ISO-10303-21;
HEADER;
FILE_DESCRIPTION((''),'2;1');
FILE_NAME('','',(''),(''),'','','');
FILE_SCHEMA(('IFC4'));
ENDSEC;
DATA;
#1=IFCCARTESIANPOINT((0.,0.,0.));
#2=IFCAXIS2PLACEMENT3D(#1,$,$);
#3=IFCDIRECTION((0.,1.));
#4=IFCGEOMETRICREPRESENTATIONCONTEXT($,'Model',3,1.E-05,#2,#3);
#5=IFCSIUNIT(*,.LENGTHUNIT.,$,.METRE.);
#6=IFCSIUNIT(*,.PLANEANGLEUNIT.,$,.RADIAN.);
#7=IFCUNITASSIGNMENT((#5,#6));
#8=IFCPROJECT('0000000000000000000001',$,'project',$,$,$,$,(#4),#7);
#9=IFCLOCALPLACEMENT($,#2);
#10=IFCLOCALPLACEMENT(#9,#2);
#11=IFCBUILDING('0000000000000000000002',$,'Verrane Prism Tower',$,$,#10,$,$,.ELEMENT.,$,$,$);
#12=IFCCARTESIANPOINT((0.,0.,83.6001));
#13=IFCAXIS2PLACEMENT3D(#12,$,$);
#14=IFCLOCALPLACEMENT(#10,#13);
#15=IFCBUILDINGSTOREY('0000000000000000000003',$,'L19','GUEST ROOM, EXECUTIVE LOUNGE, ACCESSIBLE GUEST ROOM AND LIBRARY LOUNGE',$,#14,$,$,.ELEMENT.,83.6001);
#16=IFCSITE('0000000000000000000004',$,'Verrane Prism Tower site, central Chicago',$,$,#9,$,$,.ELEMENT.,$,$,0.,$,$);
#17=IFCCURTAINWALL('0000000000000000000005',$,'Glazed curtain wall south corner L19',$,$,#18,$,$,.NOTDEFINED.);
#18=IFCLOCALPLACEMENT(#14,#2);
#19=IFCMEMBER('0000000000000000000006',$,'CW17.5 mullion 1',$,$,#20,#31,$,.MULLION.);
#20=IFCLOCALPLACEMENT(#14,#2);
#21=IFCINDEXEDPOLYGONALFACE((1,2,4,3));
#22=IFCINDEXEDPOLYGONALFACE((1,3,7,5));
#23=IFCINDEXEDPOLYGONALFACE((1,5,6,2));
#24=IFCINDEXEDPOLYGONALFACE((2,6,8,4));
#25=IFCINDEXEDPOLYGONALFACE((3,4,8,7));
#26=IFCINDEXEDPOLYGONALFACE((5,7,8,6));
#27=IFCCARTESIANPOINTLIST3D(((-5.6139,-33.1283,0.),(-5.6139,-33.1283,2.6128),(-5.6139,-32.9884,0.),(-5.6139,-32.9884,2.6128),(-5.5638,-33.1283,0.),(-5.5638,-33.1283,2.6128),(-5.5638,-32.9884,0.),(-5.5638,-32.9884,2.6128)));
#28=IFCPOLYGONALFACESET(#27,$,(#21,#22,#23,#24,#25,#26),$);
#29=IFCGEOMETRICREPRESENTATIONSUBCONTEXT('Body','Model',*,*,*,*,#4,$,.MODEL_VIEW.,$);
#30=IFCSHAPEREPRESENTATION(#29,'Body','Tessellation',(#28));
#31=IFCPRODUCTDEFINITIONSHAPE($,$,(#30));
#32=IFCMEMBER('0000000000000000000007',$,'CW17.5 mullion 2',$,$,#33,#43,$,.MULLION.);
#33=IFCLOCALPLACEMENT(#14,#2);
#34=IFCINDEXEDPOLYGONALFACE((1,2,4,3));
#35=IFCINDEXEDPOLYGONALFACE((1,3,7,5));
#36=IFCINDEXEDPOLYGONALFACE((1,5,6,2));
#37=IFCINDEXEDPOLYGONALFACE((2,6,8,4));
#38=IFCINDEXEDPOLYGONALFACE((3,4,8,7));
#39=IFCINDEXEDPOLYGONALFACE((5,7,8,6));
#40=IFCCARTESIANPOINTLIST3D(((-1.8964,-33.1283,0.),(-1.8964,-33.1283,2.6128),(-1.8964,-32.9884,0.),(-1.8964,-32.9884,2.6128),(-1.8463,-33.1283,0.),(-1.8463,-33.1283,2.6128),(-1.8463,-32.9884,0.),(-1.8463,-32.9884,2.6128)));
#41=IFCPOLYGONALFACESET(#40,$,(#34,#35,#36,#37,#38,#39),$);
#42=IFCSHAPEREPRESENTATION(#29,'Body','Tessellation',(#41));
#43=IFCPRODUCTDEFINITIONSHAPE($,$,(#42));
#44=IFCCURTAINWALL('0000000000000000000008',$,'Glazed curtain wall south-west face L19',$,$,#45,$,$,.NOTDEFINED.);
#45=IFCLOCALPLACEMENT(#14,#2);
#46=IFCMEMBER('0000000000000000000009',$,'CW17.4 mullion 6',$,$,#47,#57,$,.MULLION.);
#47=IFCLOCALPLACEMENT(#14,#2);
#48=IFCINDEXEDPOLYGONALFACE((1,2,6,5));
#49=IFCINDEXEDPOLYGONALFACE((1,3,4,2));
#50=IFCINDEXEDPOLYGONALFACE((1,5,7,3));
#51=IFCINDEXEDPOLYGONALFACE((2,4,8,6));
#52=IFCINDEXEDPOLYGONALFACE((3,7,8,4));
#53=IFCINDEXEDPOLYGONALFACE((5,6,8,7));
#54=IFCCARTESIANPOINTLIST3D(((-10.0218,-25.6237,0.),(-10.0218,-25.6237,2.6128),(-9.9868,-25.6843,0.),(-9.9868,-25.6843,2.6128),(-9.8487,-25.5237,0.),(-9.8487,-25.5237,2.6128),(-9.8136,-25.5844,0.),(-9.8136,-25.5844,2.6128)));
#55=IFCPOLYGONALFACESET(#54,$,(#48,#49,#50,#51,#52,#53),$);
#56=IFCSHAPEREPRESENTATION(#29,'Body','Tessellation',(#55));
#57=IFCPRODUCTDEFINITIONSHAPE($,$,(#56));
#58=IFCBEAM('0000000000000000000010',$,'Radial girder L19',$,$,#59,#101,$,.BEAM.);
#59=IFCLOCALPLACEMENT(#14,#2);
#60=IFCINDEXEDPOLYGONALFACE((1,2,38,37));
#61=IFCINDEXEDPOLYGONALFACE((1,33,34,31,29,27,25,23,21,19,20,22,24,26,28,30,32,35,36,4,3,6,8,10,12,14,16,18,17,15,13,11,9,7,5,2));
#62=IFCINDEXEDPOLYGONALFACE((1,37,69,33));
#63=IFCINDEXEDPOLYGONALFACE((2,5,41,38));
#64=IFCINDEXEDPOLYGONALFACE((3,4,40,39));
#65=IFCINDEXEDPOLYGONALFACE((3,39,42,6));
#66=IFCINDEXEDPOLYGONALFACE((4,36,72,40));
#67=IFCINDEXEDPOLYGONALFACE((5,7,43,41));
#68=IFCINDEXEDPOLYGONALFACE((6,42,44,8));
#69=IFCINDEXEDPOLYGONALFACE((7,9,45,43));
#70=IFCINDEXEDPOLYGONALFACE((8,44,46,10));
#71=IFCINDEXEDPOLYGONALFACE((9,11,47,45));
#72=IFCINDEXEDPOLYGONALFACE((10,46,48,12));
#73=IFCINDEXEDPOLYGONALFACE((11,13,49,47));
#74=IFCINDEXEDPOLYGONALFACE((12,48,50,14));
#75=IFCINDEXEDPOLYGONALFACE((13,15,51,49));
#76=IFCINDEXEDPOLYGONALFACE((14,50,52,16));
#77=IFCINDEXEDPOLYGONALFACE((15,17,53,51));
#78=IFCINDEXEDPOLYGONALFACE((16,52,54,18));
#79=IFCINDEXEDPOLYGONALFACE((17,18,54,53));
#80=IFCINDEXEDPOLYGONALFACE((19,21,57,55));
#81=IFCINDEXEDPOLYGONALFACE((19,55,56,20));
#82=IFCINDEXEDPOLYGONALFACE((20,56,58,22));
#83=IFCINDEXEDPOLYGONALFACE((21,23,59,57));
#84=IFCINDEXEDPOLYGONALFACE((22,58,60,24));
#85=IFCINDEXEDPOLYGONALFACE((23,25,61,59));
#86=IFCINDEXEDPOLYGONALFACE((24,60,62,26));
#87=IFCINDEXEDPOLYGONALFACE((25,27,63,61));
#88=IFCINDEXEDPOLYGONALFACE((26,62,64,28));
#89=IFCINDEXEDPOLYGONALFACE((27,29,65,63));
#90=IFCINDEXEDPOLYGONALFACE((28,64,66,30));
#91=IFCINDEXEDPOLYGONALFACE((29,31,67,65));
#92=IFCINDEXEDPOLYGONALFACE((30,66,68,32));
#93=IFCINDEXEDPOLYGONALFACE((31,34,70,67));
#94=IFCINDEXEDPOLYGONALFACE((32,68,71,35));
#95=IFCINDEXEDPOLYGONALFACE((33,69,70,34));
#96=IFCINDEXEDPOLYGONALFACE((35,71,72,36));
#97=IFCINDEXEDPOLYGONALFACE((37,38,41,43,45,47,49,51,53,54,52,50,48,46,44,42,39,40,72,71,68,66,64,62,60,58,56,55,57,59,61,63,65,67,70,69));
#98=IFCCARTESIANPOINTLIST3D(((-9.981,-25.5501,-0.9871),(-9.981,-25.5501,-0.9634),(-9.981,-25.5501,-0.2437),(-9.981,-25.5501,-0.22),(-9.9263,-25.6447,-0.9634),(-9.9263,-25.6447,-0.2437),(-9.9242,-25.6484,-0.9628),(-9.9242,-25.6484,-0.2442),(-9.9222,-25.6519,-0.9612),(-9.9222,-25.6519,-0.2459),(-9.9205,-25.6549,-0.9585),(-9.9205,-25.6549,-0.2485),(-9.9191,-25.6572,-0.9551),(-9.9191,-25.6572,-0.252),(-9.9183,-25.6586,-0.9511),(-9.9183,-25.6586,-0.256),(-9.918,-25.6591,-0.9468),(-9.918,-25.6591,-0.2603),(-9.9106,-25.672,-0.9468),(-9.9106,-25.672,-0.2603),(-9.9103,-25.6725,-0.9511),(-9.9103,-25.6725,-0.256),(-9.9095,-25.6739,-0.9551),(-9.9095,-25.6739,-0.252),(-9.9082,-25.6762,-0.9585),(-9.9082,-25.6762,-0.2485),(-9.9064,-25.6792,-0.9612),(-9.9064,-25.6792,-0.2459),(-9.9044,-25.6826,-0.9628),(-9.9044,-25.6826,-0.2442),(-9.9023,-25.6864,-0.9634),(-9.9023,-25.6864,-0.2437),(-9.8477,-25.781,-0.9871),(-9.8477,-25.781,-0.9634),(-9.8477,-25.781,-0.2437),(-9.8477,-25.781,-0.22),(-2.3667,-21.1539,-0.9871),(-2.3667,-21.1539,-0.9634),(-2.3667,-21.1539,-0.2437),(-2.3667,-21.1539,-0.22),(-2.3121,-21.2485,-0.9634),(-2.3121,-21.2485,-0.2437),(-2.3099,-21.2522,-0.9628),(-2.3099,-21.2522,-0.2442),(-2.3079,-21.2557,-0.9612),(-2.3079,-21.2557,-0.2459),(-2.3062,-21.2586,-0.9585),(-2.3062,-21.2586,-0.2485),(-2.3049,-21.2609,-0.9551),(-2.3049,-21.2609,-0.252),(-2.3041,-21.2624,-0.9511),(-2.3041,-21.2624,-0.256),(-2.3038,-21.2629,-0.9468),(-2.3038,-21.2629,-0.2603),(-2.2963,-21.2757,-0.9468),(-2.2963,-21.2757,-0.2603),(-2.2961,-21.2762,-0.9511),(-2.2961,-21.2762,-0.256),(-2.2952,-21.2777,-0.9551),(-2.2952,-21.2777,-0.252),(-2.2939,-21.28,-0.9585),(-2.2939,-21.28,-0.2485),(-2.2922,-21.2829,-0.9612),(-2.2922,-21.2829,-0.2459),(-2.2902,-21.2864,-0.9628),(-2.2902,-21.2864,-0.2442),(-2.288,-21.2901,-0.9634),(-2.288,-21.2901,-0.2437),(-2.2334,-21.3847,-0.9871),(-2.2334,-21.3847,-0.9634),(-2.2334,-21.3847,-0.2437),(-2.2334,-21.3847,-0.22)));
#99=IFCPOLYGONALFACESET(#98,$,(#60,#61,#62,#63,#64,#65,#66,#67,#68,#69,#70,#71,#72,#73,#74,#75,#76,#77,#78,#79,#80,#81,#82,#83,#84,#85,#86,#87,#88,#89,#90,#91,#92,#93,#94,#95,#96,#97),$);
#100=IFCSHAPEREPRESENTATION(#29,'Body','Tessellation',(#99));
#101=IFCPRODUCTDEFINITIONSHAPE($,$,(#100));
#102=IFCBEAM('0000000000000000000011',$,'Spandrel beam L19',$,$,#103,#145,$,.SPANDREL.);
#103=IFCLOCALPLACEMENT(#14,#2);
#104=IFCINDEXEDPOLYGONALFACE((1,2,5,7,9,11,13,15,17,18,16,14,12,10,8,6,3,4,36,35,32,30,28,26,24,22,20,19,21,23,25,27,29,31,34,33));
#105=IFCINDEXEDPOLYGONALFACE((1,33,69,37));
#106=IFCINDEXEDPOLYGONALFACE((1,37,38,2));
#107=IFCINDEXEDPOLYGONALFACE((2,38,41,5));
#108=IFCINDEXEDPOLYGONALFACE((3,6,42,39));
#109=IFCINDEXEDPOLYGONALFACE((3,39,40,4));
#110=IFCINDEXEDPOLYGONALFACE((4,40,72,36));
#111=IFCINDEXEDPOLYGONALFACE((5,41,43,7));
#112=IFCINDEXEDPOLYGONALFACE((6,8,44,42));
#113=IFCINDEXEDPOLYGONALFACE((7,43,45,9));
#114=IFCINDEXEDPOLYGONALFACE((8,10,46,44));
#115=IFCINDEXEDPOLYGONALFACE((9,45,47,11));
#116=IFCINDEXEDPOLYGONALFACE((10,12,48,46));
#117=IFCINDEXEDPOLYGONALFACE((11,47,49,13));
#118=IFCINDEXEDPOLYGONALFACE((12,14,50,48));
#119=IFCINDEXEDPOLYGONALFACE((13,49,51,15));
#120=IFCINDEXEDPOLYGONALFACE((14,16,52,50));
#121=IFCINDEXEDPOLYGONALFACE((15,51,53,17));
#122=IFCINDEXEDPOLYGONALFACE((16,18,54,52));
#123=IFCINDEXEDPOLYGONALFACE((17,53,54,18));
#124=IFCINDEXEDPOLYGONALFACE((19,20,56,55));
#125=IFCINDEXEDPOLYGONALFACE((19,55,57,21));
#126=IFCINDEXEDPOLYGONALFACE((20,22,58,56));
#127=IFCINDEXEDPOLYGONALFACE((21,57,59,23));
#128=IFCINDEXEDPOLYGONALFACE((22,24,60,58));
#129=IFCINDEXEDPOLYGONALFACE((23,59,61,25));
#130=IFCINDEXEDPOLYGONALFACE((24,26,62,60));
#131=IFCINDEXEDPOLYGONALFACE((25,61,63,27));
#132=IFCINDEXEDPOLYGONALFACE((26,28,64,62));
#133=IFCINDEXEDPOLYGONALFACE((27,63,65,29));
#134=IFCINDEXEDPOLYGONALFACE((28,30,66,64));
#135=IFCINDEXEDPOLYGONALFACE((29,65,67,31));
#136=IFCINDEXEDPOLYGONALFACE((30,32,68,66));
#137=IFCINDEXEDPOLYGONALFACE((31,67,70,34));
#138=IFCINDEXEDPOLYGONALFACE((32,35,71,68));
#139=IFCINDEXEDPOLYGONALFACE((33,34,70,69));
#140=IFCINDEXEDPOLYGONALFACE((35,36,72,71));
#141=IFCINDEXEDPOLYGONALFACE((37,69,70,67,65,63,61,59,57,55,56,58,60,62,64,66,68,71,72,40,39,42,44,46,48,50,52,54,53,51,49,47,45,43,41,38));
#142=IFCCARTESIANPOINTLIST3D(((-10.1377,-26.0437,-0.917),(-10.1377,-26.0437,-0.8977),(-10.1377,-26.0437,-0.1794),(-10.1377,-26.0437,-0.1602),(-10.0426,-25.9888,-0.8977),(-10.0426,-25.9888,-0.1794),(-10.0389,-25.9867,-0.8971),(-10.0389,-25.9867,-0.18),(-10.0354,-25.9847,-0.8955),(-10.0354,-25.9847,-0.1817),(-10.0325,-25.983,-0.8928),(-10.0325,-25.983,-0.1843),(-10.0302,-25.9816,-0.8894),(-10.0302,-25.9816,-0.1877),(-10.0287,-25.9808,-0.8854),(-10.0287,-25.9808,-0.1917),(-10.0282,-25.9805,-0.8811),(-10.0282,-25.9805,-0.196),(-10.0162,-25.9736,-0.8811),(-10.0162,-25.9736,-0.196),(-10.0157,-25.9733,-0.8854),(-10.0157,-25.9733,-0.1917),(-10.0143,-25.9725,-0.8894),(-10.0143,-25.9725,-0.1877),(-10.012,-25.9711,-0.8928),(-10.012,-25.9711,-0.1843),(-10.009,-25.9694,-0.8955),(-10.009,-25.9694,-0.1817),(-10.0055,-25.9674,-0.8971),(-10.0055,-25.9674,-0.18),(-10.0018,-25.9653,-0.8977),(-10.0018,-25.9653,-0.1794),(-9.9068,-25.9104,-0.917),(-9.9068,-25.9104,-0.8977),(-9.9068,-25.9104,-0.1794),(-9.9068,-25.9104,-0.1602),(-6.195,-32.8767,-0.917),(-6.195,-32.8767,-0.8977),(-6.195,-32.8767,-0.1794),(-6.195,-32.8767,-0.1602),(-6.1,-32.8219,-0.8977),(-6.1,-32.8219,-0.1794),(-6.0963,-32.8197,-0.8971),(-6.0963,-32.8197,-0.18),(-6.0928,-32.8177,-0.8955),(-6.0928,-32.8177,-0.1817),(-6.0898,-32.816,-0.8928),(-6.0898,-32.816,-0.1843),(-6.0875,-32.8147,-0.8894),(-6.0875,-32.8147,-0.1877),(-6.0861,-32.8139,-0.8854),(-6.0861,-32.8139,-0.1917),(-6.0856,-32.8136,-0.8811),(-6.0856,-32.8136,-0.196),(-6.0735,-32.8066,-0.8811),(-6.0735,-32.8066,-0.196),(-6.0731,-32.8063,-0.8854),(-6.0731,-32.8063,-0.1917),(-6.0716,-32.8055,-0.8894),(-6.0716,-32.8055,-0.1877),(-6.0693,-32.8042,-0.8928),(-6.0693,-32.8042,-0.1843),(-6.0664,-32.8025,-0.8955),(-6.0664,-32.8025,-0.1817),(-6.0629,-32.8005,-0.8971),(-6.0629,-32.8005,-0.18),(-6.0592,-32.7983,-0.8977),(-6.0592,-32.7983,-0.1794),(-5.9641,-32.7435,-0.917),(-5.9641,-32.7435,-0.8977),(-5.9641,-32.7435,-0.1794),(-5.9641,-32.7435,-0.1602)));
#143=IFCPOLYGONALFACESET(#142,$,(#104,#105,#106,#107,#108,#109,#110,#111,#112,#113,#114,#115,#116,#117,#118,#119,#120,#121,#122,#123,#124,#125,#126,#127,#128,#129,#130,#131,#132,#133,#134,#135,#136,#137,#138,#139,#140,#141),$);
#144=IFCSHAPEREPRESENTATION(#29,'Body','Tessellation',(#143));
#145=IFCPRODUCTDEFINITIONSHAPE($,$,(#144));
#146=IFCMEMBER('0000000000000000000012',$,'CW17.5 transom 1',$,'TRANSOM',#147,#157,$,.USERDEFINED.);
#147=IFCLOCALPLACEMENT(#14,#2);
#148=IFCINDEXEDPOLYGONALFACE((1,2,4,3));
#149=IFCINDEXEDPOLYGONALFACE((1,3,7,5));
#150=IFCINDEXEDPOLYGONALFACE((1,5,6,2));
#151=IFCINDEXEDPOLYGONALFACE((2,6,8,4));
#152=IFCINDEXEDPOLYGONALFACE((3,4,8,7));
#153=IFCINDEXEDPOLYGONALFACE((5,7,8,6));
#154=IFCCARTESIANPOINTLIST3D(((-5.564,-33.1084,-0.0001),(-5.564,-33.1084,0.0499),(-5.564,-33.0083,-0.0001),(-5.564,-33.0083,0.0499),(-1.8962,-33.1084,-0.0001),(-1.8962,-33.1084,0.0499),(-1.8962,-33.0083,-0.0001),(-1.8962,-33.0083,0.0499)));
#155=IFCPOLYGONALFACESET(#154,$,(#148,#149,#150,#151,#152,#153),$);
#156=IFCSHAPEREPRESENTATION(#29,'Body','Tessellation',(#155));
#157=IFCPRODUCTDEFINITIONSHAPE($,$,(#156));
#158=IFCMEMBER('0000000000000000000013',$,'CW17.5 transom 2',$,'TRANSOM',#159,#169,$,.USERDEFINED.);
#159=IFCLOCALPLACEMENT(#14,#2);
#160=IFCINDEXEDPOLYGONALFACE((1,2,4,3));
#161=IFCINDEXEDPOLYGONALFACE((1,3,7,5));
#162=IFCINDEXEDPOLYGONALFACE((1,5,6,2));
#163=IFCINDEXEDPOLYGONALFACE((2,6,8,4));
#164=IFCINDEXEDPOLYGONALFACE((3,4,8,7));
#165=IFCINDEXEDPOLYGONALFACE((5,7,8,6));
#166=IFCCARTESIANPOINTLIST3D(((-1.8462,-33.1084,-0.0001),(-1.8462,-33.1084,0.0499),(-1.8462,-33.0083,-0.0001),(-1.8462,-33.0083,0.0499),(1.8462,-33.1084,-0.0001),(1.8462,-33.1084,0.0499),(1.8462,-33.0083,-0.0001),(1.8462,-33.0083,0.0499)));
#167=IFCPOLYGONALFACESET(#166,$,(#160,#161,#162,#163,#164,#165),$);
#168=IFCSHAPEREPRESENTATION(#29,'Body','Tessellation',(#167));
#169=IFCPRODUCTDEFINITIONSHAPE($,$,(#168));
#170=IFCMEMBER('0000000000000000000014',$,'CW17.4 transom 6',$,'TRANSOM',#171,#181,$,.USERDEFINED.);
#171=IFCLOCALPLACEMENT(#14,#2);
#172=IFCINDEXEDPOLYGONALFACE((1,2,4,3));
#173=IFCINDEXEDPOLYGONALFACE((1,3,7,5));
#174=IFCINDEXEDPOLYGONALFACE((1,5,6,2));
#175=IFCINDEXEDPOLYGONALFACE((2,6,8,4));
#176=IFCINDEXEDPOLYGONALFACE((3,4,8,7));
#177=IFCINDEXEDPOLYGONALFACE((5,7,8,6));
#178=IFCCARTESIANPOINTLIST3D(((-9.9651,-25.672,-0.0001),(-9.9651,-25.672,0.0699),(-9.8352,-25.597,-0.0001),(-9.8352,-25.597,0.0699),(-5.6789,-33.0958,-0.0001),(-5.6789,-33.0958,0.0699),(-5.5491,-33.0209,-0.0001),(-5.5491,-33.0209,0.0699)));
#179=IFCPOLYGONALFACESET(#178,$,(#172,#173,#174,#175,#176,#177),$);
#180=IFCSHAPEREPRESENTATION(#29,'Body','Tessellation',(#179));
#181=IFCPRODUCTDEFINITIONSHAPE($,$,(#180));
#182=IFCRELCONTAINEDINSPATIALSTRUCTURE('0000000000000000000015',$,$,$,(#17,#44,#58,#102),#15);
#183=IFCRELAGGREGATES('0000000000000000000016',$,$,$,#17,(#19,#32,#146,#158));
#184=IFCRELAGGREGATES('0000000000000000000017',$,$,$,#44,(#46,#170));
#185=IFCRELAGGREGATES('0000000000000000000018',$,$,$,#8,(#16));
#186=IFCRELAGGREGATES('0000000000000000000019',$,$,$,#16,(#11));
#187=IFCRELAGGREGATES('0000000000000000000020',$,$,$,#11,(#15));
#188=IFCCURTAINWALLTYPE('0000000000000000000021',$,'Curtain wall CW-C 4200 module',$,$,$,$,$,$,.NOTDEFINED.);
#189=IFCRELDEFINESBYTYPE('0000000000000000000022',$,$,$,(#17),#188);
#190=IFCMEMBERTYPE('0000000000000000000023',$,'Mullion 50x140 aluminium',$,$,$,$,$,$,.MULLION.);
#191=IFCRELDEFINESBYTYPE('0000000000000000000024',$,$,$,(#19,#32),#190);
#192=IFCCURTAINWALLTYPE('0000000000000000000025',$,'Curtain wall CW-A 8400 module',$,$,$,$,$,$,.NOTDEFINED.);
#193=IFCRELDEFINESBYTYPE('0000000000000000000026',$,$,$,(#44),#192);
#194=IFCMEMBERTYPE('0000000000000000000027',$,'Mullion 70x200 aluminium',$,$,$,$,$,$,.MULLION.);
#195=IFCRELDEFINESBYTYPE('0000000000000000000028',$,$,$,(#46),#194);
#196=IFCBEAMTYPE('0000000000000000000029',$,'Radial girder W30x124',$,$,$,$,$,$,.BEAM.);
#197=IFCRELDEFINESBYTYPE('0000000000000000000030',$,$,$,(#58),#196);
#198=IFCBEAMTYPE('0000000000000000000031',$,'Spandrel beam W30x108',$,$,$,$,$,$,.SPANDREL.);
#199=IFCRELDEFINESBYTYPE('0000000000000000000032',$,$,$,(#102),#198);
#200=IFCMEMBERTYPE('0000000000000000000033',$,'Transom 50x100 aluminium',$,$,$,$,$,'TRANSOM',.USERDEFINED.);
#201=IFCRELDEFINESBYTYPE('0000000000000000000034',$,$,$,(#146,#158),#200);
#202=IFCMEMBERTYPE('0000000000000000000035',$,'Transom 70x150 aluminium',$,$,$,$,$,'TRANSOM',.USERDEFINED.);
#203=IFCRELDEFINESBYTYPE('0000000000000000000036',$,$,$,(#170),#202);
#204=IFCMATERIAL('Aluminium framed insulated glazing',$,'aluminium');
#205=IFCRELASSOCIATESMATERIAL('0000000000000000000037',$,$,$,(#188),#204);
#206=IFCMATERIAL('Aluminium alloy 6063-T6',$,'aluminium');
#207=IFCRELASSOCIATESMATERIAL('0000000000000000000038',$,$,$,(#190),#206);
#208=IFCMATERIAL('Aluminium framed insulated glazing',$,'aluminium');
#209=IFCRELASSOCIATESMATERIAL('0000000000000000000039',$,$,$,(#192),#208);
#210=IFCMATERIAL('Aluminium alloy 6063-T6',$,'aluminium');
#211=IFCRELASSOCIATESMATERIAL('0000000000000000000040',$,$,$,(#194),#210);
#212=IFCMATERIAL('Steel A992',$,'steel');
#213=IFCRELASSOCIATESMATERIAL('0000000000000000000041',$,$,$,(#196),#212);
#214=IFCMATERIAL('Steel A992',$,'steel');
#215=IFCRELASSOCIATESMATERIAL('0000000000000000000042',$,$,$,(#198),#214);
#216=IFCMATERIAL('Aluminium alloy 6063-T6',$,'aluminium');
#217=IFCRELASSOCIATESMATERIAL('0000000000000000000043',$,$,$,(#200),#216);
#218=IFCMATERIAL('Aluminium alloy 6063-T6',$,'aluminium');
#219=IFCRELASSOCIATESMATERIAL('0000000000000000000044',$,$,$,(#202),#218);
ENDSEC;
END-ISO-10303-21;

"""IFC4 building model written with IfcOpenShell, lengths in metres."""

from ifc_helpers import new_model, si_unit, direction, frame, origin, origin_2d, place, context, subcontext, project, spatial, rectangle, i_section, extrude, material, material_profile, profile_set, type_object, element, aggregate, save


model = new_model("IFC4")

# Units and contexts
model_context = context("Model", 3, precision=1e-05, world=origin(), true_north=direction((0.0, 1.0)))
body_context = subcontext(model_context, "Body", "Model", "MODEL_VIEW")
ifc_project = project(units=[si_unit("LENGTHUNIT", "METRE"), si_unit("PLANEANGLEUNIT", "RADIAN")], contexts=[model_context])

# Site, building, storey
site_placement = place(None, origin())
site = spatial("IfcSite", under=ifc_project, at=site_placement, Name="Verrane Prism Tower site, central Chicago", CompositionType="ELEMENT", RefElevation=0.0)
building_placement = place(site_placement, origin())
building = spatial("IfcBuilding", under=site, at=building_placement, Name="Verrane Prism Tower", CompositionType="ELEMENT")
storey_placement = place(building_placement, frame((0.0, 0.0, 83.6001)))
storey = spatial("IfcBuildingStorey", under=building, at=storey_placement, Name="L19", Description="GUEST ROOM, EXECUTIVE LOUNGE, ACCESSIBLE GUEST ROOM AND LIBRARY LOUNGE", CompositionType="ELEMENT", Elevation=83.6001)

# Curtain wall, members
ifc_material_1 = material(Name="Aluminium framed insulated glazing", Category="aluminium")
curtain_wall_type_1 = type_object("IfcCurtainWallType", Name="Curtain wall CW-C 4200 module", PredefinedType="NOTDEFINED", material=ifc_material_1)
curtain_wall_1_placement = place(storey_placement, origin())
curtain_wall_1 = element("IfcCurtainWall", 1, at=curtain_wall_1_placement, inside=storey, type_object=curtain_wall_type_1, Name="Glazed curtain wall south corner L19", PredefinedType="NOTDEFINED")
ifc_material_2 = material(Name="Aluminium alloy 6063-T6", Category="aluminium")
ifc_material_profile_1 = material_profile(ifc_material_2, rectangle(XDim=0.1399, YDim=0.05, at=origin_2d()), Name="Mullion 50x140 aluminium")
ifc_profile_set_1 = profile_set([ifc_material_profile_1], Name="Aluminium alloy 6063-T6")
member_type_1 = type_object("IfcMemberType", Name="Mullion 50x140 aluminium", PredefinedType="MULLION", material=ifc_profile_set_1)
member_1_placement = place(storey_placement, frame((-5.5889, -33.0583, 0.0), z_axis=(0.0, 0.0, 1.0), x_axis=(0.0, 1.0, 0.0)))
member_1 = element("IfcMember", 2, at=member_1_placement, type_object=member_type_1, Name="CW17.5 mullion 1", PredefinedType="MULLION", context=body_context, shape_type="SweptSolid", body=[
    extrude(rectangle(XDim=0.1399, YDim=0.05, at=origin_2d()), origin(), (0.0, 0.0, 1.0), 2.6128),
])
member_2_placement = place(storey_placement, frame((-1.8713, -33.0583, 0.0), z_axis=(0.0, 0.0, 1.0), x_axis=(0.0, 1.0, 0.0)))
member_2 = element("IfcMember", 3, at=member_2_placement, type_object=member_type_1, Name="CW17.5 mullion 2", PredefinedType="MULLION", context=body_context, shape_type="SweptSolid", body=[
    extrude(rectangle(XDim=0.1399, YDim=0.05, at=origin_2d()), origin(), (0.0, 0.0, 1.0), 2.6128),
])

# Curtain wall, member
ifc_material_3 = material(Name="Aluminium framed insulated glazing", Category="aluminium")
curtain_wall_type_2 = type_object("IfcCurtainWallType", Name="Curtain wall CW-A 8400 module", PredefinedType="NOTDEFINED", material=ifc_material_3)
curtain_wall_2_placement = place(storey_placement, origin())
curtain_wall_2 = element("IfcCurtainWall", 4, at=curtain_wall_2_placement, inside=storey, type_object=curtain_wall_type_2, Name="Glazed curtain wall south-west face L19", PredefinedType="NOTDEFINED")
ifc_material_4 = material(Name="Aluminium alloy 6063-T6", Category="aluminium")
ifc_material_profile_2 = material_profile(ifc_material_4, rectangle(XDim=0.2, YDim=0.0701, at=origin_2d()), Name="Mullion 70x200 aluminium")
ifc_profile_set_2 = profile_set([ifc_material_profile_2], Name="Aluminium alloy 6063-T6")
member_type_2 = type_object("IfcMemberType", Name="Mullion 70x200 aluminium", PredefinedType="MULLION", material=ifc_profile_set_2)
member_3_placement = place(storey_placement, frame((-9.9177, -25.604, 0.0), z_axis=(0.0, 0.0, 1.0), x_axis=(0.866026, 0.499999, 0.0)))
member_3 = element("IfcMember", 5, at=member_3_placement, type_object=member_type_2, Name="CW17.4 mullion 6", PredefinedType="MULLION", context=body_context, shape_type="SweptSolid", body=[
    extrude(rectangle(XDim=0.2, YDim=0.0701, at=origin_2d()), origin(), (0.0, 0.0, 1.0), 2.6128),
])

# Beams
ifc_material_5 = material(Name="Steel A992", Category="steel")
ifc_material_profile_3 = material_profile(ifc_material_5, i_section(OverallWidth=0.2666, OverallDepth=0.7671, WebThickness=0.0149, FlangeThickness=0.0237, FilletRadius=0.0166, at=origin_2d()), Name="W30x124")
ifc_profile_set_3 = profile_set([ifc_material_profile_3], Name="Steel A992")
beam_type_1 = type_object("IfcBeamType", Name="Radial girder W30x124", PredefinedType="BEAM", material=ifc_profile_set_3)
beam_1_placement = place(storey_placement, frame((-9.9143, -25.6655, -0.6035), z_axis=(0.866018, 0.500012, 0.0), x_axis=(-0.500012, 0.866018, 0.0)))
element("IfcBeam", 6, at=beam_1_placement, inside=storey, type_object=beam_type_1, Name="Radial girder L19", PredefinedType="BEAM", context=body_context, shape_type="SweptSolid", body=[
    extrude(i_section(OverallWidth=0.2666, OverallDepth=0.7671, WebThickness=0.0149, FlangeThickness=0.0237, FilletRadius=0.0166, at=origin_2d()), origin(), (0.0, 0.0, 1.0), 8.7922),
])
ifc_material_6 = material(Name="Steel A992", Category="steel")
ifc_material_profile_4 = material_profile(ifc_material_6, i_section(OverallWidth=0.2666, OverallDepth=0.7568, WebThickness=0.0139, FlangeThickness=0.0193, FilletRadius=0.0166, at=origin_2d()), Name="W30x108")
ifc_profile_set_4 = profile_set([ifc_material_profile_4], Name="Steel A992")
beam_type_2 = type_object("IfcBeamType", Name="Spandrel beam W30x108", PredefinedType="SPANDREL", material=ifc_profile_set_4)
beam_2_placement = place(storey_placement, frame((-10.0222, -25.9771, -0.5386), z_axis=(0.499771, -0.866158, 0.0), x_axis=(0.866158, 0.499771, 0.0)))
element("IfcBeam", 7, at=beam_2_placement, inside=storey, type_object=beam_type_2, Name="Spandrel beam L19", PredefinedType="SPANDREL", context=body_context, shape_type="SweptSolid", body=[
    extrude(i_section(OverallWidth=0.2666, OverallDepth=0.7568, WebThickness=0.0139, FlangeThickness=0.0193, FilletRadius=0.0166, at=origin_2d()), origin(), (0.0, 0.0, 1.0), 7.8889),
])

# Members
ifc_material_7 = material(Name="Aluminium alloy 6063-T6", Category="aluminium")
ifc_material_profile_5 = material_profile(ifc_material_7, rectangle(XDim=0.1001, YDim=0.05, at=origin_2d()), Name="Transom 50x100 aluminium")
ifc_profile_set_5 = profile_set([ifc_material_profile_5], Name="Aluminium alloy 6063-T6")
member_type_3 = type_object("IfcMemberType", Name="Transom 50x100 aluminium", ElementType="TRANSOM", PredefinedType="USERDEFINED", material=ifc_profile_set_5)
member_4_placement = place(storey_placement, frame((-5.564, -33.0583, 0.0249), z_axis=(1.0, 0.0, 0.0), x_axis=(0.0, 1.0, 0.0)))
member_4 = element("IfcMember", 8, at=member_4_placement, type_object=member_type_3, Name="CW17.5 transom 1", ObjectType="TRANSOM", PredefinedType="USERDEFINED", context=body_context, shape_type="SweptSolid", body=[
    extrude(rectangle(XDim=0.1001, YDim=0.05, at=origin_2d()), origin(), (0.0, 0.0, 1.0), 3.6677),
])
member_5_placement = place(storey_placement, frame((-1.8462, -33.0583, 0.0249), z_axis=(1.0, 0.0, 0.0), x_axis=(0.0, 1.0, 0.0)))
member_5 = element("IfcMember", 9, at=member_5_placement, type_object=member_type_3, Name="CW17.5 transom 2", ObjectType="TRANSOM", PredefinedType="USERDEFINED", context=body_context, shape_type="SweptSolid", body=[
    extrude(rectangle(XDim=0.1001, YDim=0.05, at=origin_2d()), origin(), (0.0, 0.0, 1.0), 3.6924),
])
ifc_material_8 = material(Name="Aluminium alloy 6063-T6", Category="aluminium")
ifc_material_profile_6 = material_profile(ifc_material_8, rectangle(XDim=0.1499, YDim=0.0701, at=origin_2d()), Name="Transom 70x150 aluminium")
ifc_profile_set_6 = profile_set([ifc_material_profile_6], Name="Aluminium alloy 6063-T6")
member_type_4 = type_object("IfcMemberType", Name="Transom 70x150 aluminium", ElementType="TRANSOM", PredefinedType="USERDEFINED", material=ifc_profile_set_6)
member_6_placement = place(storey_placement, frame((-9.9001, -25.6345, 0.0349), z_axis=(0.499999, -0.866026, 0.0), x_axis=(0.866026, 0.499999, 0.0)))
member_6 = element("IfcMember", 10, at=member_6_placement, type_object=member_type_4, Name="CW17.4 transom 6", ObjectType="TRANSOM", PredefinedType="USERDEFINED", context=body_context, shape_type="SweptSolid", body=[
    extrude(rectangle(XDim=0.1499, YDim=0.0701, at=origin_2d()), origin(), (0.0, 0.0, 1.0), 8.5723),
])

aggregate(curtain_wall_1, [member_1, member_2, member_4, member_5])
aggregate(curtain_wall_2, [member_3, member_6])

save(model, "model.ifc")
